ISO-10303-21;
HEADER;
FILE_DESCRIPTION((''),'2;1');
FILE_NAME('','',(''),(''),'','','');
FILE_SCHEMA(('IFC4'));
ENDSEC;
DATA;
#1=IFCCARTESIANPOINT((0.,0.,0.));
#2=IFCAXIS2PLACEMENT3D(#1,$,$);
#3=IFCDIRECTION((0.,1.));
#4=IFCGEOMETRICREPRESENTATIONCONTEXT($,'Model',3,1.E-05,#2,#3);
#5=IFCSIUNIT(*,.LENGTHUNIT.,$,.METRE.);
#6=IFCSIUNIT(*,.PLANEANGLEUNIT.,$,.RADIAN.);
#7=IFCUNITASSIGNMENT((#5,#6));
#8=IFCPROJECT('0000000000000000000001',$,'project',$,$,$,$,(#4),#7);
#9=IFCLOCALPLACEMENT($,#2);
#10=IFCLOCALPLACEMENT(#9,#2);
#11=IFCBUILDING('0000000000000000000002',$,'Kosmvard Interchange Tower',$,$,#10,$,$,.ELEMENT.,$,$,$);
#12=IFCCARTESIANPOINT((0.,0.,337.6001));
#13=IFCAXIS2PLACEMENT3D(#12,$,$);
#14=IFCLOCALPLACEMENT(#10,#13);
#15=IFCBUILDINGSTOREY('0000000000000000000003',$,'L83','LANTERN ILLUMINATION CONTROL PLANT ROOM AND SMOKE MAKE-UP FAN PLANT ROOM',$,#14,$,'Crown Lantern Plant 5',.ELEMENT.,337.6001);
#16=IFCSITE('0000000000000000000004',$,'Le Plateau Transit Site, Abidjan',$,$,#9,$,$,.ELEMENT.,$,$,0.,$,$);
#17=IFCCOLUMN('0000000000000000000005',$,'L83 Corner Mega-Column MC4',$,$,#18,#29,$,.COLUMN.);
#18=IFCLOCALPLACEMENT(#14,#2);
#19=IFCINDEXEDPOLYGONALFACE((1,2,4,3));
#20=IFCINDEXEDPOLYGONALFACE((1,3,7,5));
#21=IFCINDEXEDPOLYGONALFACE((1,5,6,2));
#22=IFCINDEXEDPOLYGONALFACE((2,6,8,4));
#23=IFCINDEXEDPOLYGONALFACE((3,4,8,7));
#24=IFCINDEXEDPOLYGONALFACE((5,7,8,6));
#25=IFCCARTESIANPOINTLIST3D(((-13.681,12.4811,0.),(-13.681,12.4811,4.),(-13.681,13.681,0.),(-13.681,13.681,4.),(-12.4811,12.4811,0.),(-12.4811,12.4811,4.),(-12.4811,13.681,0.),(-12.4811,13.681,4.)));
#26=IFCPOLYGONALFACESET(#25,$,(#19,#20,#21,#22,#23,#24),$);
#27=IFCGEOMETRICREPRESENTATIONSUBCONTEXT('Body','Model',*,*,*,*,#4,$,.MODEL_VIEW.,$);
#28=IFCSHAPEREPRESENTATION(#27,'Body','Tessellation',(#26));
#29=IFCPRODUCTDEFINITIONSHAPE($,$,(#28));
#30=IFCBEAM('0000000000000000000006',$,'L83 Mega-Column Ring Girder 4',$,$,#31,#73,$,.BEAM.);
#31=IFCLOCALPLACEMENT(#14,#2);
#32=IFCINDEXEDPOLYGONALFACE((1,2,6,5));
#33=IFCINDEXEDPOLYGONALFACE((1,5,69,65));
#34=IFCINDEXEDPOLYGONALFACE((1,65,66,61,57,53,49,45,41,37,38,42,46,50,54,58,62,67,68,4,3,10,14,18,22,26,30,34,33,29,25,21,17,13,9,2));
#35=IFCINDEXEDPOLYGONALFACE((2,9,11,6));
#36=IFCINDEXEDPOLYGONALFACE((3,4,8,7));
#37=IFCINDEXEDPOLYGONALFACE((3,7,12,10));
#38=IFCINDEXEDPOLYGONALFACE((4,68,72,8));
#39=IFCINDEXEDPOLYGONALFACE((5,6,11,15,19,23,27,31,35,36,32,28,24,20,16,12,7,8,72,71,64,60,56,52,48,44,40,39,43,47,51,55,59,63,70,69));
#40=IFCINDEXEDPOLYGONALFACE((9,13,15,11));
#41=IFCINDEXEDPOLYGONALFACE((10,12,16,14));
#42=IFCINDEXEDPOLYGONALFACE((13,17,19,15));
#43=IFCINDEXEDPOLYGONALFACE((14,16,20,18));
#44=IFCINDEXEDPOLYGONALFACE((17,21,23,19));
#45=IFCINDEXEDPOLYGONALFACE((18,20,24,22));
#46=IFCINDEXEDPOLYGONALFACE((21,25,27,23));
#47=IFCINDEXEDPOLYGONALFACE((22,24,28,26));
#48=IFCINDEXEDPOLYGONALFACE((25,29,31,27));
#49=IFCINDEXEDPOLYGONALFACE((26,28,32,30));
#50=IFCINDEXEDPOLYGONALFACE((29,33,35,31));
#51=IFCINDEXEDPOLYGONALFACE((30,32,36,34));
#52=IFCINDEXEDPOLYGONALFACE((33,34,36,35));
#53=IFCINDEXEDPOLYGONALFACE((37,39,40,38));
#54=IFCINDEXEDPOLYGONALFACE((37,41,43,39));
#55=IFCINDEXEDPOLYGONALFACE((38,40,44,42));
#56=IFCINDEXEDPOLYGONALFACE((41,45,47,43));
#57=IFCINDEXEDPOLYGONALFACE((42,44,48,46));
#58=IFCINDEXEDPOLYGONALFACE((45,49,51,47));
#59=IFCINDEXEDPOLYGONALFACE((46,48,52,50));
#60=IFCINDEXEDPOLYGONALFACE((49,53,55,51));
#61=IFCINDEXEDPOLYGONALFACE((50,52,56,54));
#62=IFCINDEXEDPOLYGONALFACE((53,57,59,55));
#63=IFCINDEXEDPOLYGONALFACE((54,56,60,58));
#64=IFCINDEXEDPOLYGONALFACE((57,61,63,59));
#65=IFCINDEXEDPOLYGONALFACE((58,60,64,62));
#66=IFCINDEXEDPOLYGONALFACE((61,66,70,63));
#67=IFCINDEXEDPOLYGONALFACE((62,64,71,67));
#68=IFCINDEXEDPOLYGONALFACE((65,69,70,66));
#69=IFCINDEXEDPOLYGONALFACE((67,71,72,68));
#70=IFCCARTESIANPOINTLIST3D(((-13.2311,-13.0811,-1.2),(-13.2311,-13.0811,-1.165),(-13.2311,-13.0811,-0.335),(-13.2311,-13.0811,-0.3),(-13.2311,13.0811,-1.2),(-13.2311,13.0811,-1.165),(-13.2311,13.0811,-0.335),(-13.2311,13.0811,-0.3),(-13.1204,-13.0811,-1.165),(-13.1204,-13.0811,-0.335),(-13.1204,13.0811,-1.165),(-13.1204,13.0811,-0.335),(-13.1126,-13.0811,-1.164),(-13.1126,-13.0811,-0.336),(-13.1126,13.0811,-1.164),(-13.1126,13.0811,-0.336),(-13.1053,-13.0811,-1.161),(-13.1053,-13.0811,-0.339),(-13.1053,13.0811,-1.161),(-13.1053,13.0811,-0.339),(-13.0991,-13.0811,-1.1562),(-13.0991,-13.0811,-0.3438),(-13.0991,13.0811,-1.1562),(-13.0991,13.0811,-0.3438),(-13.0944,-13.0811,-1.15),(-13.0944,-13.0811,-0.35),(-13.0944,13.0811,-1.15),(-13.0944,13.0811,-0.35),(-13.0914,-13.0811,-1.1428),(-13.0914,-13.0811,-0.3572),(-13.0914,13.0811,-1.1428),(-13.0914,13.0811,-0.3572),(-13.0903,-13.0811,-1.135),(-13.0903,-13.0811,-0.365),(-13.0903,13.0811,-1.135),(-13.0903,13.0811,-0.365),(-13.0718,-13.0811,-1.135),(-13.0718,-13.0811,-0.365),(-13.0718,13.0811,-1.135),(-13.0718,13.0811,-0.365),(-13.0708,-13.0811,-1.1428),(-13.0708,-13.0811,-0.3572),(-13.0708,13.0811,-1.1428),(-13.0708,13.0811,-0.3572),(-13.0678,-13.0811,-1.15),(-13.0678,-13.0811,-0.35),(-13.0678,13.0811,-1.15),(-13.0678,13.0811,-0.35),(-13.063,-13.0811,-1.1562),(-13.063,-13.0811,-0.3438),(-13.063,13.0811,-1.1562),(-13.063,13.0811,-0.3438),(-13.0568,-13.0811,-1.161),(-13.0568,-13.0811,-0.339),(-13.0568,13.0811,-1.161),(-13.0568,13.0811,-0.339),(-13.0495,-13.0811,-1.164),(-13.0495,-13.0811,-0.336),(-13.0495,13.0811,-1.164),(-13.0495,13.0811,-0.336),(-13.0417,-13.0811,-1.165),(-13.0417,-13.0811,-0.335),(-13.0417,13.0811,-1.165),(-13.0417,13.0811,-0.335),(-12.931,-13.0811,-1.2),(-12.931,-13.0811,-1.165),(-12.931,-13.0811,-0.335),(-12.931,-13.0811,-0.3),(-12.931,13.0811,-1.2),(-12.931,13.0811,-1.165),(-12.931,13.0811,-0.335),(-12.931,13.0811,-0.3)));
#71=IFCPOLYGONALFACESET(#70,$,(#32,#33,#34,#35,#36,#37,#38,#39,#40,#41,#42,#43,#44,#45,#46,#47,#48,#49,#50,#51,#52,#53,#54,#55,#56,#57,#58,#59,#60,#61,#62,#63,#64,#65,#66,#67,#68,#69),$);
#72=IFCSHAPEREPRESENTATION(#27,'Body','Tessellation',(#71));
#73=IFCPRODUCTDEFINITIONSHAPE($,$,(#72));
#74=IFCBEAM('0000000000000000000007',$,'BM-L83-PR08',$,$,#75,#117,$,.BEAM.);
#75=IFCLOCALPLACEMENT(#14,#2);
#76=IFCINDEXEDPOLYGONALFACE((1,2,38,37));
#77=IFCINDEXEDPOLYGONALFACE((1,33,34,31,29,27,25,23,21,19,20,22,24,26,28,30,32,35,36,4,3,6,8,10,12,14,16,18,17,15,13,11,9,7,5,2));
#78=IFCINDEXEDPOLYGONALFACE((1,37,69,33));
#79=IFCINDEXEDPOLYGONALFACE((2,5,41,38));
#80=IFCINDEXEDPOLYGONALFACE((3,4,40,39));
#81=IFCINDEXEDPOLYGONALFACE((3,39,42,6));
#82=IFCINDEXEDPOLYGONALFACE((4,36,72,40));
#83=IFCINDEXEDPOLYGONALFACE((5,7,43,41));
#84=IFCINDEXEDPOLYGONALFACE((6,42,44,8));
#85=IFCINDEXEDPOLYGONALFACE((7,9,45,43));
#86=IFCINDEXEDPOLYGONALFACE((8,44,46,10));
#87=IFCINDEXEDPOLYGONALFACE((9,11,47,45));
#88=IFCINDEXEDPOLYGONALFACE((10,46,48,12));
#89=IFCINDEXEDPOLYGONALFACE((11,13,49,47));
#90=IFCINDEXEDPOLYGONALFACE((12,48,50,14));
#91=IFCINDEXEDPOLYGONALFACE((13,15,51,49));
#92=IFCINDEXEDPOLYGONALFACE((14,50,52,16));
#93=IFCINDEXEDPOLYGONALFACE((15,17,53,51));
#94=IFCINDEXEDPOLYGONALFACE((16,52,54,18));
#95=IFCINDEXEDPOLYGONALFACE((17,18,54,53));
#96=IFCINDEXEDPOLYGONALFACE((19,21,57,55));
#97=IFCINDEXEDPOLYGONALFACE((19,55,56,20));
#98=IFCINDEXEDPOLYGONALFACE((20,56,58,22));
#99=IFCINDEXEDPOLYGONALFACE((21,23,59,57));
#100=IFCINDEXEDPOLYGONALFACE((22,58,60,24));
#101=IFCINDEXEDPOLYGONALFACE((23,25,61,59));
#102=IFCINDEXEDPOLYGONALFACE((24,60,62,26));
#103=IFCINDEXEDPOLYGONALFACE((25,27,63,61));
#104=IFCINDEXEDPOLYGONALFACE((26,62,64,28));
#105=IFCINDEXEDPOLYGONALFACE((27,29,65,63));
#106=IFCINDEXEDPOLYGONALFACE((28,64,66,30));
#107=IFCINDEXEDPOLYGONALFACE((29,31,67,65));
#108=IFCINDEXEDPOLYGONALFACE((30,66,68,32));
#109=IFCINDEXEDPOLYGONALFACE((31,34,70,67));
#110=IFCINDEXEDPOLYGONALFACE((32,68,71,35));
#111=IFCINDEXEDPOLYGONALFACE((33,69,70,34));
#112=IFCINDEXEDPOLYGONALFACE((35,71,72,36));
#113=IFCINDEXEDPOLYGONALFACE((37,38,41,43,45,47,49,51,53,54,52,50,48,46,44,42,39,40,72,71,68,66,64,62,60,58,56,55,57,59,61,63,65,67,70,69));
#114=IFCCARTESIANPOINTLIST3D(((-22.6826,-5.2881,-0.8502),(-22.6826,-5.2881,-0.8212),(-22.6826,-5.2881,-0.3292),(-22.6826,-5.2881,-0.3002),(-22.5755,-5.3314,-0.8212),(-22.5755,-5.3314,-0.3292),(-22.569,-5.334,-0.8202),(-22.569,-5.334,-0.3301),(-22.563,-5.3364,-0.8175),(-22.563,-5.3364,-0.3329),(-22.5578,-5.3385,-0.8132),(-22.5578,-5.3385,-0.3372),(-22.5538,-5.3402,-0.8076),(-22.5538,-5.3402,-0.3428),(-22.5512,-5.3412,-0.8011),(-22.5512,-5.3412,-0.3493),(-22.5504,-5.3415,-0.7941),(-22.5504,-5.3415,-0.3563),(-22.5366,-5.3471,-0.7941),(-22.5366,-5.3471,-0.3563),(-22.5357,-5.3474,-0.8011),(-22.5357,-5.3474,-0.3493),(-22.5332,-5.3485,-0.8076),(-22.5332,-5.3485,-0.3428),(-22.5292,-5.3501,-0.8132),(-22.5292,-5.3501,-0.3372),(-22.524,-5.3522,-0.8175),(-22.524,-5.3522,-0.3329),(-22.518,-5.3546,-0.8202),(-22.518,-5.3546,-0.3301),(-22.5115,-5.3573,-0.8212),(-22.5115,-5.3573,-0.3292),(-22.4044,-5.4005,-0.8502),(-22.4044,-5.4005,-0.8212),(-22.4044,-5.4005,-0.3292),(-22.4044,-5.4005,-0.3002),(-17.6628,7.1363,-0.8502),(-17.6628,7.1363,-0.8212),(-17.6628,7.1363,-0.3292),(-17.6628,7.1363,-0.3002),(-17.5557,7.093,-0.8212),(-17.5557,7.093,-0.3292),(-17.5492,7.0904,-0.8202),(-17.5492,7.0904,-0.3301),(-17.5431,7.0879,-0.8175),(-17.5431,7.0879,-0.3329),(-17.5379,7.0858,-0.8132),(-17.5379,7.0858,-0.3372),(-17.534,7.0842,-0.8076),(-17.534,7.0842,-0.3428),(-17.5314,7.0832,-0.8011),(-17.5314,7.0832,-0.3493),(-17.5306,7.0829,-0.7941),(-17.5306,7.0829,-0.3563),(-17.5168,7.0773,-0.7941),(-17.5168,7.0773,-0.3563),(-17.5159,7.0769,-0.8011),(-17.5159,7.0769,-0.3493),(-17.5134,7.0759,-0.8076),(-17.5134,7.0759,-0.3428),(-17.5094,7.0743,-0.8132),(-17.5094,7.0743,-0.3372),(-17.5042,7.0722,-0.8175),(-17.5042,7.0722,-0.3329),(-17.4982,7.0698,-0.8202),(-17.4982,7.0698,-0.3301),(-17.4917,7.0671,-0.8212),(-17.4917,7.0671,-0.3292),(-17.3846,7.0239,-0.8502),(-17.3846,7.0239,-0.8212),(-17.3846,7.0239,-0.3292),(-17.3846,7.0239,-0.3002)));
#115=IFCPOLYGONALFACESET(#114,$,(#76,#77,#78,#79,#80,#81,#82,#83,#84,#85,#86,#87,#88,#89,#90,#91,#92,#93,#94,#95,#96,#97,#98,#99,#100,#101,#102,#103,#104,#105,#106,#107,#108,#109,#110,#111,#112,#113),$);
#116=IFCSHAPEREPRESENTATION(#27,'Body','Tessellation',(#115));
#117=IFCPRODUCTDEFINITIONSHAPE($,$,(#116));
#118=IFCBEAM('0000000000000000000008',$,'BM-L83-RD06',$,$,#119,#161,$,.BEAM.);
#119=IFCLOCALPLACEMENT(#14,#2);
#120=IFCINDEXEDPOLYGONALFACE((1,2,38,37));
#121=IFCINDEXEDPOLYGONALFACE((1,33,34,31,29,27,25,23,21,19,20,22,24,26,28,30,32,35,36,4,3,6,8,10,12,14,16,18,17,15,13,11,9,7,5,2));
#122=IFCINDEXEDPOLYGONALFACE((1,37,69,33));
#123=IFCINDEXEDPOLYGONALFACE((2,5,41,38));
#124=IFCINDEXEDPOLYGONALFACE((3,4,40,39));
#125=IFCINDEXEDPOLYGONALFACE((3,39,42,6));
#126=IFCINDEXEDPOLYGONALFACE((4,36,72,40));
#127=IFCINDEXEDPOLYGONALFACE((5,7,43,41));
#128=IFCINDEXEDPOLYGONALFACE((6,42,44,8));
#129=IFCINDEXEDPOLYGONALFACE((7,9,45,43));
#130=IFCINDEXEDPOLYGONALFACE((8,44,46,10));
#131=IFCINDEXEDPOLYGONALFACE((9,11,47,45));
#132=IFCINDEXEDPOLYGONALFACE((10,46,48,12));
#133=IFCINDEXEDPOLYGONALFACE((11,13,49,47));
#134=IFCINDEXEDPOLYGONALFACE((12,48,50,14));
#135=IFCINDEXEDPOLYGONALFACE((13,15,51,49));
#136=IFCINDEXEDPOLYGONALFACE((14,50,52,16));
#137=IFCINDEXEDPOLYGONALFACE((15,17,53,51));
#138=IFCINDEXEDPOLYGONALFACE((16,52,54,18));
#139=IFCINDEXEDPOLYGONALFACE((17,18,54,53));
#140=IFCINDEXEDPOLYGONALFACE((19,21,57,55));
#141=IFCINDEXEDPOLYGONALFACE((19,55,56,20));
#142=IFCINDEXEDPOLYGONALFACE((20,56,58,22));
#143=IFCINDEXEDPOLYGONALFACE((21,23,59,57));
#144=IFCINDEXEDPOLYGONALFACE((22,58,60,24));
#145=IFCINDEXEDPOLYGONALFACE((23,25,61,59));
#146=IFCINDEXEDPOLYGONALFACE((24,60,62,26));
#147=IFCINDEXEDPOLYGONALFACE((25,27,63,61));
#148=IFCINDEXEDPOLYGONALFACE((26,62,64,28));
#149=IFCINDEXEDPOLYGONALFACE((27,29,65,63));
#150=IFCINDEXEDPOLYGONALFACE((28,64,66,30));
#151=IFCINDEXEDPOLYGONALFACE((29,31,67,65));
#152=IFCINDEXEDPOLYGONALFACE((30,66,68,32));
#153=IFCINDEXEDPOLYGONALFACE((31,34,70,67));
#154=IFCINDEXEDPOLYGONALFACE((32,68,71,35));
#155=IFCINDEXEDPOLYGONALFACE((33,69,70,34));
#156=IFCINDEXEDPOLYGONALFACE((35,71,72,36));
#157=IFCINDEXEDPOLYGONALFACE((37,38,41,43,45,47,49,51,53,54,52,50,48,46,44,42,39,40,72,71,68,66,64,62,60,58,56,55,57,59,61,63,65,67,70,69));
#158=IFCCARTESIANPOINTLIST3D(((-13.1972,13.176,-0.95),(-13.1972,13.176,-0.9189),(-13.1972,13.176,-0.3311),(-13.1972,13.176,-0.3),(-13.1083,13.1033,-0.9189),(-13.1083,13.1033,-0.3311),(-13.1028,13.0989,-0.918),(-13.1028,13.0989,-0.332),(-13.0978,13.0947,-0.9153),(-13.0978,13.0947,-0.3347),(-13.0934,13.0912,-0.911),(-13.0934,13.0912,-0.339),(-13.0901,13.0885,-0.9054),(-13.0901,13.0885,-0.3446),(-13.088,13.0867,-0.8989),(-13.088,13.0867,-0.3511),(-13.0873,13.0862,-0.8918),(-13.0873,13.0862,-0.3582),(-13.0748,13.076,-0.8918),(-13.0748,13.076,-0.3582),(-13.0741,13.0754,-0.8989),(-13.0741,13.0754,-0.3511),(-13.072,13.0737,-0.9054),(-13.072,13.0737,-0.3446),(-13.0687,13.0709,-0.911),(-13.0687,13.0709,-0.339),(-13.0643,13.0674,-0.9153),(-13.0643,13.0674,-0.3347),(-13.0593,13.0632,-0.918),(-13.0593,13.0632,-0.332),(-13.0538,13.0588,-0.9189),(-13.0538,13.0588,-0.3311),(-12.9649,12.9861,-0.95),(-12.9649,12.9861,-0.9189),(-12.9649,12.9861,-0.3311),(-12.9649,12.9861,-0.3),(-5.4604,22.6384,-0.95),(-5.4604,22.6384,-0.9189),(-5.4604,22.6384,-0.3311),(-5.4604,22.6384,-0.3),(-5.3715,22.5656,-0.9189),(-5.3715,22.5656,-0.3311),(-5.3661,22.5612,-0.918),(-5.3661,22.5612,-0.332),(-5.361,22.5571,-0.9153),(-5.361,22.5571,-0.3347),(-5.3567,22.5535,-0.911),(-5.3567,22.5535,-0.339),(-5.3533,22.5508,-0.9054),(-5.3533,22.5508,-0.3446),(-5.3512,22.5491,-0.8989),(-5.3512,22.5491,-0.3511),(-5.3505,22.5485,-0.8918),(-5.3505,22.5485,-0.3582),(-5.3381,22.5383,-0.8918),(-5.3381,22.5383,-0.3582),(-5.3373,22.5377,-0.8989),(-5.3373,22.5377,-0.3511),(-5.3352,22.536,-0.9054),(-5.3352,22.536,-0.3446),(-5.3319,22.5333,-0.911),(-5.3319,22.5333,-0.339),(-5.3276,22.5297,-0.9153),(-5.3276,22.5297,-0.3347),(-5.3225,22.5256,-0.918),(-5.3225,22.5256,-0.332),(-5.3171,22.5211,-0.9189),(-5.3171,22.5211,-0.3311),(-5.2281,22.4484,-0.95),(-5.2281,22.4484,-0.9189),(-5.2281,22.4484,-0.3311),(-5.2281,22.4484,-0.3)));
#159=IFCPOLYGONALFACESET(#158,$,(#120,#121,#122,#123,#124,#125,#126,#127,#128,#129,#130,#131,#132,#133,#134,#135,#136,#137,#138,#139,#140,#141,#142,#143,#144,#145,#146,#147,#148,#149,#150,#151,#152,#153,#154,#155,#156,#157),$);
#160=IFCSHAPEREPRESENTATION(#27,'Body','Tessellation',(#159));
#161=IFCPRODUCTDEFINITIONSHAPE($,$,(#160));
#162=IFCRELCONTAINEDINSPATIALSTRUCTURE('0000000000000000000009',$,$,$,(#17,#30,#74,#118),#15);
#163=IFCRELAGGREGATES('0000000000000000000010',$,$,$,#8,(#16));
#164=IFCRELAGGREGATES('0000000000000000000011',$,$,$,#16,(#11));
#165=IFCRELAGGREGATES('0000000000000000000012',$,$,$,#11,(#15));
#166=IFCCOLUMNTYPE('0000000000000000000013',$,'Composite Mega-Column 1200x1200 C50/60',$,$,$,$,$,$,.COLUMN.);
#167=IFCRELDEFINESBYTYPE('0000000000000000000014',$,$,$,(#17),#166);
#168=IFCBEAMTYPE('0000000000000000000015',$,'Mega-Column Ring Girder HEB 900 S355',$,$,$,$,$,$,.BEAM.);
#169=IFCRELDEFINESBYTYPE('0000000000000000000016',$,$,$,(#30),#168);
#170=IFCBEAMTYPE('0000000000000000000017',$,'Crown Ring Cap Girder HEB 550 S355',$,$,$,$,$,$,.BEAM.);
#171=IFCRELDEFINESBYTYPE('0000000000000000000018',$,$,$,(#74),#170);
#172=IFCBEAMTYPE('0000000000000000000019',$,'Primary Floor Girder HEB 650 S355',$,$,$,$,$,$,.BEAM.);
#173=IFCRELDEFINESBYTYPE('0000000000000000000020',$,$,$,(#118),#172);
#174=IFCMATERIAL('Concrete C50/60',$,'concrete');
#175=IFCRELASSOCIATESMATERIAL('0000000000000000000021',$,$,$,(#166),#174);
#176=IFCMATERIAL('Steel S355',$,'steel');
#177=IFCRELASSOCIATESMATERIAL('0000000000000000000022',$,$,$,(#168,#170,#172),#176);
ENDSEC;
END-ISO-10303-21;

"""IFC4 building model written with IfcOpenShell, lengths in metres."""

from ifc_helpers import new_model, si_unit, direction, frame, origin, origin_2d, place, context, subcontext, project, spatial, rectangle, i_section, extrude, source, transform, mapped, material, material_profile, profile_set, type_object, element, save


model = new_model("IFC4")

# Units and contexts
model_context = context("Model", 3, precision=1e-05, world=origin(), true_north=direction((0.0, 1.0)))
body_context = subcontext(model_context, "Body", "Model", "MODEL_VIEW")
ifc_project = project(units=[si_unit("LENGTHUNIT", "METRE"), si_unit("PLANEANGLEUNIT", "RADIAN")], contexts=[model_context])

# Site, building, storey
site_placement = place(None, origin())
site = spatial("IfcSite", under=ifc_project, at=site_placement, Name="Le Plateau Transit Site, Abidjan", CompositionType="ELEMENT", RefElevation=0.0)
building_placement = place(site_placement, origin())
building = spatial("IfcBuilding", under=site, at=building_placement, Name="Kosmvard Interchange Tower", CompositionType="ELEMENT")
storey_placement = place(building_placement, frame((0.0, 0.0, 337.6001)))
storey = spatial("IfcBuildingStorey", under=building, at=storey_placement, Name="L83", Description="LANTERN ILLUMINATION CONTROL PLANT ROOM AND SMOKE MAKE-UP FAN PLANT ROOM", LongName="Crown Lantern Plant 5", CompositionType="ELEMENT", Elevation=337.6001)

# Column
ifc_material_1 = material(Name="Concrete C50/60", Category="concrete")
ifc_material_profile_1 = material_profile(ifc_material_1, rectangle(XDim=1.2, YDim=1.2, at=origin_2d()), Name="MC 1200x1200")
ifc_profile_set_1 = profile_set([ifc_material_profile_1], Name="Concrete C50/60")
column_type = type_object("IfcColumnType", Name="Composite Mega-Column 1200x1200 C50/60", PredefinedType="COLUMN", material=ifc_profile_set_1)
shared_shape_1 = source(origin(), body_context, "Body", "SweptSolid", [
    extrude(rectangle(XDim=1.2, YDim=1.2, at=origin_2d()), origin(), (0.0, 0.0, 1.0), 4.0),
])
column_placement = place(storey_placement, frame((-13.0811, 13.0811, 0.0), z_axis=(0.0, 0.0, 1.0), x_axis=(1.0, 0.0, 0.0)))
element("IfcColumn", 1, at=column_placement, inside=storey, type_object=column_type, Name="L83 Corner Mega-Column MC4", PredefinedType="COLUMN", context=body_context, shape_type="MappedRepresentation", body=[
    mapped(shared_shape_1, transform((0.0, 0.0, 0.0), scale=1.0)),
])

# Beams
ifc_material_2 = material(Name="Steel S355", Category="steel")
ifc_material_profile_2 = material_profile(ifc_material_2, i_section(OverallWidth=0.3, OverallDepth=0.8999, WebThickness=0.0186, FlangeThickness=0.0349, FilletRadius=0.03, at=origin_2d()), Name="HEB 900")
ifc_profile_set_2 = profile_set([ifc_material_profile_2], Name="Steel S355")
beam_type_1 = type_object("IfcBeamType", Name="Mega-Column Ring Girder HEB 900 S355", PredefinedType="BEAM", material=ifc_profile_set_2)
shared_shape_2 = source(origin(), body_context, "Body", "SweptSolid", [
    extrude(i_section(OverallWidth=0.3, OverallDepth=0.8999, WebThickness=0.0186, FlangeThickness=0.0349, FilletRadius=0.03, at=origin_2d()), origin(), (0.0, 0.0, 1.0), 26.1621),
])
beam_1_placement = place(storey_placement, frame((-13.0811, 13.0811, -0.75), z_axis=(0.0, -1.0, 0.0), x_axis=(1.0, 0.0, 0.0)))
element("IfcBeam", 2, at=beam_1_placement, inside=storey, type_object=beam_type_1, Name="L83 Mega-Column Ring Girder 4", PredefinedType="BEAM", context=body_context, shape_type="MappedRepresentation", body=[
    mapped(shared_shape_2, transform((0.0, 0.0, 0.0), scale=1.0)),
])
ifc_material_profile_3 = material_profile(ifc_material_2, i_section(OverallWidth=0.3, OverallDepth=0.55, WebThickness=0.0149, FlangeThickness=0.0291, FilletRadius=0.0271, at=origin_2d()), Name="HEB 550")
ifc_profile_set_3 = profile_set([ifc_material_profile_3], Name="Steel S355")
beam_type_2 = type_object("IfcBeamType", Name="Crown Ring Cap Girder HEB 550 S355", PredefinedType="BEAM", material=ifc_profile_set_3)
shared_shape_3 = source(origin(), body_context, "Body", "SweptSolid", [
    extrude(i_section(OverallWidth=0.3, OverallDepth=0.55, WebThickness=0.0149, FlangeThickness=0.0291, FilletRadius=0.0271, at=origin_2d()), origin(), (0.0, 0.0, 1.0), 13.4001),
])
beam_2_placement = place(storey_placement, frame((-17.5237, 7.0801, -0.5752), z_axis=(-0.374608, -0.927183, 0.0), x_axis=(0.927183, -0.374608, 0.0)))
element("IfcBeam", 3, at=beam_2_placement, inside=storey, type_object=beam_type_2, Name="BM-L83-PR08", PredefinedType="BEAM", context=body_context, shape_type="MappedRepresentation", body=[
    mapped(shared_shape_3, transform((0.0, 0.0, 0.0), scale=1.0)),
])
ifc_material_profile_4 = material_profile(ifc_material_2, i_section(OverallWidth=0.3, OverallDepth=0.6499, WebThickness=0.0161, FlangeThickness=0.031, FilletRadius=0.0271, at=origin_2d()), Name="HEB 650")
ifc_profile_set_4 = profile_set([ifc_material_profile_4], Name="Steel S355")
beam_type_3 = type_object("IfcBeamType", Name="Primary Floor Girder HEB 650 S355", PredefinedType="BEAM", material=ifc_profile_set_4)
shared_shape_4 = source(origin(), body_context, "Body", "SweptSolid", [
    extrude(i_section(OverallWidth=0.3, OverallDepth=0.6499, WebThickness=0.0161, FlangeThickness=0.031, FilletRadius=0.0271, at=origin_2d()), origin(), (0.0, 0.0, 1.0), 12.2227),
])
beam_3_placement = place(storey_placement, frame((-13.0811, 13.0811, -0.625), z_axis=(0.632985, 0.774164, 0.0), x_axis=(-0.774164, 0.632985, 0.0)))
element("IfcBeam", 4, at=beam_3_placement, inside=storey, type_object=beam_type_3, Name="BM-L83-RD06", PredefinedType="BEAM", context=body_context, shape_type="MappedRepresentation", body=[
    mapped(shared_shape_4, transform((0.0, 0.0, 0.0), scale=1.0)),
])

save(model, "model.ifc")
